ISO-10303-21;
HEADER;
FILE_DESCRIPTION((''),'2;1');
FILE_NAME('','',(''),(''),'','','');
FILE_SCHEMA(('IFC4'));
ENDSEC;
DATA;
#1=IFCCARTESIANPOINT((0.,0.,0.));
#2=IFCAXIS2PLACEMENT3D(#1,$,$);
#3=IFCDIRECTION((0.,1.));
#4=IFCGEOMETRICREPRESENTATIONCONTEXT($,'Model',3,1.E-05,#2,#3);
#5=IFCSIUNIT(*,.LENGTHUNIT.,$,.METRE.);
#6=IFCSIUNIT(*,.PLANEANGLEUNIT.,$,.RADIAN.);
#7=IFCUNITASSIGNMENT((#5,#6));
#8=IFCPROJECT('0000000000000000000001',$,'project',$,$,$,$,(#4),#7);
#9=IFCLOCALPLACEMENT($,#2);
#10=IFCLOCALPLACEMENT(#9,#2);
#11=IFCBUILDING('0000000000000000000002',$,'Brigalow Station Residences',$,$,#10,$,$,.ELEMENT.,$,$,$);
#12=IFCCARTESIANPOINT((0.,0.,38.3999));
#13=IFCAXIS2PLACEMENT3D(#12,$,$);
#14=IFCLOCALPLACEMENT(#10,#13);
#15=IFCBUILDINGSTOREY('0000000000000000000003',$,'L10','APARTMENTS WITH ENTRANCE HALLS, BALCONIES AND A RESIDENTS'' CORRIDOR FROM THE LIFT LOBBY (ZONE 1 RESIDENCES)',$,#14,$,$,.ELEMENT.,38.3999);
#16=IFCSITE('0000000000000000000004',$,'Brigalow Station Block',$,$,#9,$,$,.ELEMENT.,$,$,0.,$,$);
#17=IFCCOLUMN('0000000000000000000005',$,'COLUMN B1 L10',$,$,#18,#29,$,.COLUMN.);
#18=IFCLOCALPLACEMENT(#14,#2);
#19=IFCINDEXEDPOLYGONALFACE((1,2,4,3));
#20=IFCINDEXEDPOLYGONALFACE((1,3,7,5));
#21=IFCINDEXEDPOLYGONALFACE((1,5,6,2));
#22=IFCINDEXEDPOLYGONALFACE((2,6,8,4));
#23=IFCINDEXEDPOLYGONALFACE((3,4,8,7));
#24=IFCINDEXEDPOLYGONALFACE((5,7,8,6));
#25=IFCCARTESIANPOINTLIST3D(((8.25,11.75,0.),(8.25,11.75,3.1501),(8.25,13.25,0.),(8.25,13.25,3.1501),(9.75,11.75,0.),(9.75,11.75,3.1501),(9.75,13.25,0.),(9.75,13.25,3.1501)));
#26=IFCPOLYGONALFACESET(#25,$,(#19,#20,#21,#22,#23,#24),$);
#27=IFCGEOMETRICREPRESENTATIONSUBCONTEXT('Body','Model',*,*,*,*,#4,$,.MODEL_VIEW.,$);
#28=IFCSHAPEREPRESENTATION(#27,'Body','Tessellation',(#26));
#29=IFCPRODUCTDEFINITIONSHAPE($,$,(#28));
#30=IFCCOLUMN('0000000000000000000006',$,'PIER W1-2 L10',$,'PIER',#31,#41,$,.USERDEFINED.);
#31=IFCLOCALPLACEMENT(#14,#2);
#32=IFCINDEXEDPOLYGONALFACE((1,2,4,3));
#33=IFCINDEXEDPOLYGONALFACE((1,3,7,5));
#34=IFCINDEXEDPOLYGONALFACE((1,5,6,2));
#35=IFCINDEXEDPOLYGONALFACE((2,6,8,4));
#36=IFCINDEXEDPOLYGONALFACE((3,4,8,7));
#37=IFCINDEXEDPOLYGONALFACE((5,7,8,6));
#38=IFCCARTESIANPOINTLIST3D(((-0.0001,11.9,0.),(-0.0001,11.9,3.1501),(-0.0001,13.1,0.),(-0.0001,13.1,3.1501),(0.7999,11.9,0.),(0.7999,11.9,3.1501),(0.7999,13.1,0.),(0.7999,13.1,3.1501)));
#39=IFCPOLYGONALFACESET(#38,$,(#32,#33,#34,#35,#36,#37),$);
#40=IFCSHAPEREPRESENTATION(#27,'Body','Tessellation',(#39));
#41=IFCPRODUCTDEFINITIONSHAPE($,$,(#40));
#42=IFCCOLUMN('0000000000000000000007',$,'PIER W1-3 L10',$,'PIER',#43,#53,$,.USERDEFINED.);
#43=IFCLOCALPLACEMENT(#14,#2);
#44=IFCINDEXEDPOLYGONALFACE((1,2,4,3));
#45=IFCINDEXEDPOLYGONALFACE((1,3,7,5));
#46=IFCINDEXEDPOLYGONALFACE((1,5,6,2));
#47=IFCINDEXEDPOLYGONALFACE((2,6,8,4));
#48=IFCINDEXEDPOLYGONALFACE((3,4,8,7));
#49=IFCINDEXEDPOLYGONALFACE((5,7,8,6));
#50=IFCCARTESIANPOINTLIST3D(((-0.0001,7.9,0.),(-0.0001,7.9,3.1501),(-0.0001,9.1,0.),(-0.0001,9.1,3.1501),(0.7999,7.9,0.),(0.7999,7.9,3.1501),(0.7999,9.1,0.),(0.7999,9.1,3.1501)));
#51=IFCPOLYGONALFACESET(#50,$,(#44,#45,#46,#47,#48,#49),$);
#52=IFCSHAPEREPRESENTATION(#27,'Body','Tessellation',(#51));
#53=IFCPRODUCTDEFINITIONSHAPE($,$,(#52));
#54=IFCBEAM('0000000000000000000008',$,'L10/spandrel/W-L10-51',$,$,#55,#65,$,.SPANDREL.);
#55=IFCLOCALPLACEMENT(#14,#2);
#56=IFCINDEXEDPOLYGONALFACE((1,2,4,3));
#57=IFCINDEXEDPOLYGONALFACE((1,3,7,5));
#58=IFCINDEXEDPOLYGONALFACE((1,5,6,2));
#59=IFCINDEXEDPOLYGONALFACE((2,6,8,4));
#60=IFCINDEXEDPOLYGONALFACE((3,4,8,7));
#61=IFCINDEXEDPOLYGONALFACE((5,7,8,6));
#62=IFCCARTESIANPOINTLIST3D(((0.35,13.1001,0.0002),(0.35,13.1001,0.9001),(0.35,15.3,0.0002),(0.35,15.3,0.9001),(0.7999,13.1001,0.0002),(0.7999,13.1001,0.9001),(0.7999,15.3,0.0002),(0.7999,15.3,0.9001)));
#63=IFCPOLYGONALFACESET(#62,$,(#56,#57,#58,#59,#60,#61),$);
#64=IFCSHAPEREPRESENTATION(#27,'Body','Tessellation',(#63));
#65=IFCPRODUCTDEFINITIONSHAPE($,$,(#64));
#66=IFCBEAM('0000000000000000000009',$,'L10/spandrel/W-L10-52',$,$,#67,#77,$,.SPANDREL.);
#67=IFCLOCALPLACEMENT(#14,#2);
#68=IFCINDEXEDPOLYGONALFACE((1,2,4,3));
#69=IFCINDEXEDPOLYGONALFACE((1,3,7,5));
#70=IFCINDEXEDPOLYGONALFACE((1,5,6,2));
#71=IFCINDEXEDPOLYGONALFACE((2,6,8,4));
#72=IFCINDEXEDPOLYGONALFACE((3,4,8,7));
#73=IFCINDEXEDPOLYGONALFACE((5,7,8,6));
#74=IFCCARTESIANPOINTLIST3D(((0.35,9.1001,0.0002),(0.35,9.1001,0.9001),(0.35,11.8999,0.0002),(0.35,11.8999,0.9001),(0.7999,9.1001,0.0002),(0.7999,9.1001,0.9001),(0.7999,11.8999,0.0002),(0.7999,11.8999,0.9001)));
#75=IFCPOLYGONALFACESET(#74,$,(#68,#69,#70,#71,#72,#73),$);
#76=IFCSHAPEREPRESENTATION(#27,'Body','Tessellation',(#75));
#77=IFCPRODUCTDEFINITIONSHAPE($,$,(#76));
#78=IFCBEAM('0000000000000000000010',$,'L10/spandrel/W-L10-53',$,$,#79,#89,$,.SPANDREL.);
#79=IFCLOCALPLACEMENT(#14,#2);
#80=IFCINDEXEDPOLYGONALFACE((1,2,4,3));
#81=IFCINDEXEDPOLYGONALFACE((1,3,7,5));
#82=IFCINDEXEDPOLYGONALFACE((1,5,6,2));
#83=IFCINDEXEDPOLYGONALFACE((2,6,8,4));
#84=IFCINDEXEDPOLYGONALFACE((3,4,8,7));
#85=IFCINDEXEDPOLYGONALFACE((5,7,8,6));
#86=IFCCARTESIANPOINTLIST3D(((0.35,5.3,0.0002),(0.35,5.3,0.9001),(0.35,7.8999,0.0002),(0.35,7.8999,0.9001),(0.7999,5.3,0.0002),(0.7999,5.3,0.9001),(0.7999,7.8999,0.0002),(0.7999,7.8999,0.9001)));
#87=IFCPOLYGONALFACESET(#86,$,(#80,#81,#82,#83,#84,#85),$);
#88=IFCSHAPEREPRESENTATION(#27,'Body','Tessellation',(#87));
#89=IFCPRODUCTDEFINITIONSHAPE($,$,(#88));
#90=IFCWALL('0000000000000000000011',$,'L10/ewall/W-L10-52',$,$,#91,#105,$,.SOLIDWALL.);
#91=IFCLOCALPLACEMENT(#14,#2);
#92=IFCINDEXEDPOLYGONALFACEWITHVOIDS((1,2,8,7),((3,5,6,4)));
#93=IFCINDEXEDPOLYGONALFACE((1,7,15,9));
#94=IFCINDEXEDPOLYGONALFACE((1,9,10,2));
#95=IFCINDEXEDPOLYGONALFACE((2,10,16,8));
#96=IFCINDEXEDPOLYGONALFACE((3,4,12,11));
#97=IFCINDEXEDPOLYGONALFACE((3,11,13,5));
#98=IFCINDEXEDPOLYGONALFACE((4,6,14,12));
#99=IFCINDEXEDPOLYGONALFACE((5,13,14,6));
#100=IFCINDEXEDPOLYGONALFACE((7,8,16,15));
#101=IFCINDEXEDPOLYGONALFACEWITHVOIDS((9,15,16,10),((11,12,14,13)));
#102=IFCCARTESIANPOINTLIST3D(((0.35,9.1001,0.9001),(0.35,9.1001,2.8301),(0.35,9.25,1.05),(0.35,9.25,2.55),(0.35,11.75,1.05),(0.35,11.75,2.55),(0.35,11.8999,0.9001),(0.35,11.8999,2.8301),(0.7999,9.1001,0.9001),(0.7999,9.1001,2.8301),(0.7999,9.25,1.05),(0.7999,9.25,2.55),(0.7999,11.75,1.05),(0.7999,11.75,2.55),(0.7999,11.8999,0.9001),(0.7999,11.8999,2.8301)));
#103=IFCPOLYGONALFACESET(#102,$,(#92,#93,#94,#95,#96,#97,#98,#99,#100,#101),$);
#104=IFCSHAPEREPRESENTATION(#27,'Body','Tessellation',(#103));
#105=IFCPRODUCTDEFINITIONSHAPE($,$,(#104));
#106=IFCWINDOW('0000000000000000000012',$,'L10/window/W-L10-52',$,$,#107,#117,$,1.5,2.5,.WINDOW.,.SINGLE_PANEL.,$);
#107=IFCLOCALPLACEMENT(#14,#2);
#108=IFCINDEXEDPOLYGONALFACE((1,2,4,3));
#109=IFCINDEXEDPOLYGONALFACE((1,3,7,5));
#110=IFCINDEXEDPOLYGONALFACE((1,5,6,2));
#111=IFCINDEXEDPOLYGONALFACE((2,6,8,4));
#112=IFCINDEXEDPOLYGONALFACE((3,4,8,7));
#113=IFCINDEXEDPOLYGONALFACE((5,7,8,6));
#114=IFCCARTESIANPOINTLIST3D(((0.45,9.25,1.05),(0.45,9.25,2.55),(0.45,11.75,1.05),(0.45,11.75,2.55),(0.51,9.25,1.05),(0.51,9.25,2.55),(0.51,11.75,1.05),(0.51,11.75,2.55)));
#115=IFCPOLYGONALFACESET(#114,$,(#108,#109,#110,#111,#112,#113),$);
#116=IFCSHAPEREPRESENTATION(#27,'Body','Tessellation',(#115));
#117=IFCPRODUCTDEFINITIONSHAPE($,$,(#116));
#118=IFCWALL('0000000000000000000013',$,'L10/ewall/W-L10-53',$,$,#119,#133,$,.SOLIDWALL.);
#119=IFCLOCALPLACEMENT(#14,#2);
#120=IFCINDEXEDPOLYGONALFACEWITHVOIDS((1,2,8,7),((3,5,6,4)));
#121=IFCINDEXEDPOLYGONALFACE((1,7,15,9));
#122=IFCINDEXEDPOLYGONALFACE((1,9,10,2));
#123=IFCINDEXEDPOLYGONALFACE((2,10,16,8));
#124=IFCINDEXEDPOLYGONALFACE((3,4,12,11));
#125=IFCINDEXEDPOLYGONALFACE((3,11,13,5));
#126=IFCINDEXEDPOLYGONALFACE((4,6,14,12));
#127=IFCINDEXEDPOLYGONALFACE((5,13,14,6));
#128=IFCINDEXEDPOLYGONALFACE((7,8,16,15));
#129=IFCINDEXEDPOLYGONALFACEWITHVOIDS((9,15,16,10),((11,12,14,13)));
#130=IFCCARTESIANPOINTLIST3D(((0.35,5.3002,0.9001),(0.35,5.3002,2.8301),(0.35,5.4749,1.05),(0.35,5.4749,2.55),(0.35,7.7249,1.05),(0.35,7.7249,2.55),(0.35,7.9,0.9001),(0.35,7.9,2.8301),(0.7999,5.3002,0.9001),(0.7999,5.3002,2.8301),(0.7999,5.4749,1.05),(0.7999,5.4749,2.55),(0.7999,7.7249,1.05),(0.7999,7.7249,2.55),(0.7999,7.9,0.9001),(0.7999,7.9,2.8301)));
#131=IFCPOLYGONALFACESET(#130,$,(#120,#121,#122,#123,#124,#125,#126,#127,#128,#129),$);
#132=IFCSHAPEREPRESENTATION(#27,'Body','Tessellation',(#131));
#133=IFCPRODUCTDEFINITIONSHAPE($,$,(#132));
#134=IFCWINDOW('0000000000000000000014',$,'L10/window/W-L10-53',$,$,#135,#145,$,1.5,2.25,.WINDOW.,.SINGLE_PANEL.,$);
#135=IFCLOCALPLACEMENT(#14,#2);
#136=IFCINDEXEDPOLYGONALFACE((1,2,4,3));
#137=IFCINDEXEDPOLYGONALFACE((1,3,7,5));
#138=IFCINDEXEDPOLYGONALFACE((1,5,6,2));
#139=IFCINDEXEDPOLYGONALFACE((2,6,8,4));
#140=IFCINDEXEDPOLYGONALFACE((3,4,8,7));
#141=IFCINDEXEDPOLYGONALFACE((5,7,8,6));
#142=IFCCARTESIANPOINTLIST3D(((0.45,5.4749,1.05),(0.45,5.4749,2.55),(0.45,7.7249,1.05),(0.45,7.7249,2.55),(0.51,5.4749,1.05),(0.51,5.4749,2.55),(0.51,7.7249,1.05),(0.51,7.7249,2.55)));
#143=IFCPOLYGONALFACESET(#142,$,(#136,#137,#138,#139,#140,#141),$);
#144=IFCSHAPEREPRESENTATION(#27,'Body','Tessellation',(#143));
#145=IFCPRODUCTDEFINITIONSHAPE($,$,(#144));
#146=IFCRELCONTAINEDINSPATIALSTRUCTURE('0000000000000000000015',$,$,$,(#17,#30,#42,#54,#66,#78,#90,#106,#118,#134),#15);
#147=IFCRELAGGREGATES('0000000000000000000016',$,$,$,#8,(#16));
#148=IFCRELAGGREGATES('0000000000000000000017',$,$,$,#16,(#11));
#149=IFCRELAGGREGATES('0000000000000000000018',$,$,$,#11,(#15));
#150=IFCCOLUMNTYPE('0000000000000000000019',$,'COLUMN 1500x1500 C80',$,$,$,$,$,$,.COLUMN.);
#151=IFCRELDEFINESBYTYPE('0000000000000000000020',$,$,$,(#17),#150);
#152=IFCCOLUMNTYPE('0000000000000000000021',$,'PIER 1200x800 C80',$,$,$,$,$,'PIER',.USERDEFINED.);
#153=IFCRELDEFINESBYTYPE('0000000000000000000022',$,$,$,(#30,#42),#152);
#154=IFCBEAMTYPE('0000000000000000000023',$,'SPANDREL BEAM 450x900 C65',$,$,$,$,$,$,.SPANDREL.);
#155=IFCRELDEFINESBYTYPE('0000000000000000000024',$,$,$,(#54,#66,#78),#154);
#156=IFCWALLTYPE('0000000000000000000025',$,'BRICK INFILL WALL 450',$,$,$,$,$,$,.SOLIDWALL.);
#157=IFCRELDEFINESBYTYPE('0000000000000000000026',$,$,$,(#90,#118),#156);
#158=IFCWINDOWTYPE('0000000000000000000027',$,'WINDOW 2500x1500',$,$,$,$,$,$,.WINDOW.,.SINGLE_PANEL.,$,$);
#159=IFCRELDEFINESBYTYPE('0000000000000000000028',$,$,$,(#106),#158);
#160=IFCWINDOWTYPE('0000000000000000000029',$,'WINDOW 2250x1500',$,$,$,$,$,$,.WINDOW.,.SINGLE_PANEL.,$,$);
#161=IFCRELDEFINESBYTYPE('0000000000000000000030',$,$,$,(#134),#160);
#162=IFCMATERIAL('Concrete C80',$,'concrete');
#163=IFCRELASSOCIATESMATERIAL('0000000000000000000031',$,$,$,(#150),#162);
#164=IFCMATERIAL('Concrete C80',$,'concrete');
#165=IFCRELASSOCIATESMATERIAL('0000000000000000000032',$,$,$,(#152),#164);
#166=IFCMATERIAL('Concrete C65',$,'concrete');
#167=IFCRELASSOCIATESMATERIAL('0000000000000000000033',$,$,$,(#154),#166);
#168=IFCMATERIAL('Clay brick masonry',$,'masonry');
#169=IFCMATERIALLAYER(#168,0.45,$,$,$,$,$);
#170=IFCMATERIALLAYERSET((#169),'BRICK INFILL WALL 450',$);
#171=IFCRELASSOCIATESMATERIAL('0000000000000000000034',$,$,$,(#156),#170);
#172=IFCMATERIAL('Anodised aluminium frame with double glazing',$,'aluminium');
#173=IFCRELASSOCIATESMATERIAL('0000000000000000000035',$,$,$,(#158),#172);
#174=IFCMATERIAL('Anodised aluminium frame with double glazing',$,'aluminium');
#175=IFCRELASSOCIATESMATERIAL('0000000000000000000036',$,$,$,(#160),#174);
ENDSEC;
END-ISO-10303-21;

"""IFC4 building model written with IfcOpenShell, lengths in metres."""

from ifc_helpers import new_model, si_unit, direction, frame, frame_2d, origin, origin_2d, place, context, subcontext, project, spatial, rectangle, extrude, material, layer, layer_set, material_profile, profile_set, type_object, element, fill, save


model = new_model("IFC4")

# Units and contexts
model_context = context("Model", 3, precision=1e-05, world=origin(), true_north=direction((0.0, 1.0)))
body_context = subcontext(model_context, "Body", "Model", "MODEL_VIEW")
ifc_project = project(units=[si_unit("LENGTHUNIT", "METRE"), si_unit("PLANEANGLEUNIT", "RADIAN")], contexts=[model_context])

# Site, building, storey
site_placement = place(None, origin())
site = spatial("IfcSite", under=ifc_project, at=site_placement, Name="Brigalow Station Block", CompositionType="ELEMENT", RefElevation=0.0)
building_placement = place(site_placement, origin())
building = spatial("IfcBuilding", under=site, at=building_placement, Name="Brigalow Station Residences", CompositionType="ELEMENT")
storey_placement = place(building_placement, frame((0.0, 0.0, 38.3999)))
storey = spatial("IfcBuildingStorey", under=building, at=storey_placement, Name="L10", Description="APARTMENTS WITH ENTRANCE HALLS, BALCONIES AND A RESIDENTS' CORRIDOR FROM THE LIFT LOBBY (ZONE 1 RESIDENCES)", CompositionType="ELEMENT", Elevation=38.3999)

# Columns
ifc_material_1 = material(Name="Concrete C80", Category="concrete")
ifc_material_profile_1 = material_profile(ifc_material_1, rectangle(XDim=1.5, YDim=1.5, at=origin_2d()), Name="RC1500x1500")
ifc_profile_set_1 = profile_set([ifc_material_profile_1], Name="Concrete C80")
column_type_1 = type_object("IfcColumnType", Name="COLUMN 1500x1500 C80", PredefinedType="COLUMN", material=ifc_profile_set_1)
column_placement = place(storey_placement, frame((9.0, 12.5, 0.0), z_axis=(0.0, 0.0, 1.0), x_axis=(1.0, 0.0, 0.0)))
element("IfcColumn", 1, at=column_placement, inside=storey, type_object=column_type_1, Name="COLUMN B1 L10", PredefinedType="COLUMN", context=body_context, shape_type="SweptSolid", body=[
    extrude(rectangle(XDim=1.5, YDim=1.5, at=origin_2d()), origin(), (0.0, 0.0, 1.0), 3.1501),
])
ifc_material_2 = material(Name="Concrete C80", Category="concrete")
ifc_material_profile_2 = material_profile(ifc_material_2, rectangle(XDim=1.2, YDim=0.8, at=origin_2d()), Name="RC1200x800")
ifc_profile_set_2 = profile_set([ifc_material_profile_2], Name="Concrete C80")
column_type_2 = type_object("IfcColumnType", Name="PIER 1200x800 C80", ElementType="PIER", PredefinedType="USERDEFINED", material=ifc_profile_set_2)
for number, where, z_axis, x_axis, name in (
    (2, (0.3999, 12.5, 0.0), (0.0, 0.0, 1.0), (0.0, -1.0, 0.0), "PIER W1-2 L10"),
    (3, (0.3999, 8.5, 0.0), (0.0, 0.0, 1.0), (0.0, -1.0, 0.0), "PIER W1-3 L10"),
):
    element("IfcColumn", number, at=place(storey_placement, frame(where, z_axis=z_axis, x_axis=x_axis)), inside=storey, type_object=column_type_2, Name=name, ObjectType="PIER", PredefinedType="USERDEFINED", context=body_context, shape_type="SweptSolid", body=[
        extrude(rectangle(XDim=1.2, YDim=0.8, at=origin_2d()), origin(), (0.0, 0.0, 1.0), 3.1501),
    ])

# Beams
ifc_material_3 = material(Name="Concrete C65", Category="concrete")
ifc_material_profile_3 = material_profile(ifc_material_3, rectangle(XDim=0.45, YDim=0.8999, at=origin_2d()), Name="RC450x900")
ifc_profile_set_3 = profile_set([ifc_material_profile_3], Name="Concrete C65")
beam_type = type_object("IfcBeamType", Name="SPANDREL BEAM 450x900 C65", PredefinedType="SPANDREL", material=ifc_profile_set_3)
beam_1_placement = place(storey_placement, frame((0.575, 15.3, 0.4502), z_axis=(0.0, -1.0, 0.0), x_axis=(1.0, 0.0, 0.0)))
element("IfcBeam", 4, at=beam_1_placement, inside=storey, type_object=beam_type, Name="L10/spandrel/W-L10-51", PredefinedType="SPANDREL", context=body_context, shape_type="SweptSolid", body=[
    extrude(rectangle(XDim=0.45, YDim=0.8999, at=origin_2d()), origin(), (0.0, 0.0, 1.0), 2.2),
])
beam_2_placement = place(storey_placement, frame((0.575, 11.8999, 0.4502), z_axis=(0.0, -1.0, 0.0), x_axis=(1.0, 0.0, 0.0)))
element("IfcBeam", 5, at=beam_2_placement, inside=storey, type_object=beam_type, Name="L10/spandrel/W-L10-52", PredefinedType="SPANDREL", context=body_context, shape_type="SweptSolid", body=[
    extrude(rectangle(XDim=0.45, YDim=0.8999, at=origin_2d()), origin(), (0.0, 0.0, 1.0), 2.7998),
])
beam_3_placement = place(storey_placement, frame((0.575, 7.8999, 0.4502), z_axis=(0.0, -1.0, 0.0), x_axis=(1.0, 0.0, 0.0)))
element("IfcBeam", 6, at=beam_3_placement, inside=storey, type_object=beam_type, Name="L10/spandrel/W-L10-53", PredefinedType="SPANDREL", context=body_context, shape_type="SweptSolid", body=[
    extrude(rectangle(XDim=0.45, YDim=0.8999, at=origin_2d()), origin(), (0.0, 0.0, 1.0), 2.5999),
])

# Walls, openings, windows
ifc_material_4 = material(Name="Clay brick masonry", Category="masonry")
ifc_layer_1 = layer(ifc_material_4, 0.45)
ifc_layer_set_1 = layer_set([ifc_layer_1], Name="BRICK INFILL WALL 450")
wall_type_1 = type_object("IfcWallType", Name="BRICK INFILL WALL 450", PredefinedType="SOLIDWALL", material=ifc_layer_set_1)
wall_1_placement = place(storey_placement, frame((0.575, 11.8999, 0.9001), z_axis=(0.0, 0.0, 1.0), x_axis=(0.0, -1.0, 0.0)))
wall_1 = element("IfcWall", 7, at=wall_1_placement, inside=storey, type_object=wall_type_1, Name="L10/ewall/W-L10-52", PredefinedType="SOLIDWALL", context=body_context, shape_type="SweptSolid", body=[
    extrude(rectangle(XDim=2.7998, YDim=0.45, at=frame_2d((1.3999, 0.0))), origin(), (0.0, 0.0, 1.0), 1.9299),
])
opening_1_placement = place(wall_1_placement, frame((0.1499, 0.0, 0.1499)))
opening_1 = element("IfcOpeningElement", 8, at=opening_1_placement, cuts=wall_1, PredefinedType="OPENING", context=body_context, shape_type="SweptSolid", body=[
    extrude(rectangle(XDim=2.5, YDim=1.5, at=frame_2d((1.25, 0.75))), frame((0.0, 0.2349, 0.0), z_axis=(0.0, -1.0, 0.0), x_axis=(1.0, 0.0, 0.0)), (0.0, 0.0, 1.0), 0.47),
])
ifc_material_5 = material(Name="Anodised aluminium frame with double glazing", Category="aluminium")
window_type_1 = type_object("IfcWindowType", Name="WINDOW 2500x1500", PartitioningType="SINGLE_PANEL", PredefinedType="WINDOW", material=ifc_material_5)
window_1_placement = place(opening_1_placement, origin())
window_1 = element("IfcWindow", 9, at=window_1_placement, inside=storey, type_object=window_type_1, Name="L10/window/W-L10-52", OverallHeight=1.5, OverallWidth=2.5, PartitioningType="SINGLE_PANEL", PredefinedType="WINDOW", context=body_context, shape_type="SweptSolid", body=[
    extrude(rectangle(XDim=2.5, YDim=1.5, at=frame_2d((1.25, 0.75))), frame((0.0, -0.0649, 0.0), z_axis=(0.0, -1.0, 0.0), x_axis=(1.0, 0.0, 0.0)), (0.0, 0.0, 1.0), 0.0601),
])
fill(opening_1, window_1)
wall_2_placement = place(storey_placement, frame((0.575, 7.8999, 0.9001), z_axis=(0.0, 0.0, 1.0), x_axis=(0.0, -1.0, 0.0)))
wall_2 = element("IfcWall", 10, at=wall_2_placement, inside=storey, type_object=wall_type_1, Name="L10/ewall/W-L10-53", PredefinedType="SOLIDWALL", context=body_context, shape_type="SweptSolid", body=[
    extrude(rectangle(XDim=2.5999, YDim=0.45, at=frame_2d((1.2998, 0.0))), origin(), (0.0, 0.0, 1.0), 1.9299),
])
opening_2_placement = place(wall_2_placement, frame((0.175, 0.0, 0.1499)))
opening_2 = element("IfcOpeningElement", 11, at=opening_2_placement, cuts=wall_2, PredefinedType="OPENING", context=body_context, shape_type="SweptSolid", body=[
    extrude(rectangle(XDim=2.25, YDim=1.5, at=frame_2d((1.125, 0.75))), frame((0.0, 0.2349, 0.0), z_axis=(0.0, -1.0, 0.0), x_axis=(1.0, 0.0, 0.0)), (0.0, 0.0, 1.0), 0.47),
])
ifc_material_6 = material(Name="Anodised aluminium frame with double glazing", Category="aluminium")
window_type_2 = type_object("IfcWindowType", Name="WINDOW 2250x1500", PartitioningType="SINGLE_PANEL", PredefinedType="WINDOW", material=ifc_material_6)
window_2_placement = place(opening_2_placement, origin())
window_2 = element("IfcWindow", 12, at=window_2_placement, inside=storey, type_object=window_type_2, Name="L10/window/W-L10-53", OverallHeight=1.5, OverallWidth=2.25, PartitioningType="SINGLE_PANEL", PredefinedType="WINDOW", context=body_context, shape_type="SweptSolid", body=[
    extrude(rectangle(XDim=2.25, YDim=1.5, at=frame_2d((1.125, 0.75))), frame((0.0, -0.0649, 0.0), z_axis=(0.0, -1.0, 0.0), x_axis=(1.0, 0.0, 0.0)), (0.0, 0.0, 1.0), 0.0601),
])
fill(opening_2, window_2)

save(model, "model.ifc")
